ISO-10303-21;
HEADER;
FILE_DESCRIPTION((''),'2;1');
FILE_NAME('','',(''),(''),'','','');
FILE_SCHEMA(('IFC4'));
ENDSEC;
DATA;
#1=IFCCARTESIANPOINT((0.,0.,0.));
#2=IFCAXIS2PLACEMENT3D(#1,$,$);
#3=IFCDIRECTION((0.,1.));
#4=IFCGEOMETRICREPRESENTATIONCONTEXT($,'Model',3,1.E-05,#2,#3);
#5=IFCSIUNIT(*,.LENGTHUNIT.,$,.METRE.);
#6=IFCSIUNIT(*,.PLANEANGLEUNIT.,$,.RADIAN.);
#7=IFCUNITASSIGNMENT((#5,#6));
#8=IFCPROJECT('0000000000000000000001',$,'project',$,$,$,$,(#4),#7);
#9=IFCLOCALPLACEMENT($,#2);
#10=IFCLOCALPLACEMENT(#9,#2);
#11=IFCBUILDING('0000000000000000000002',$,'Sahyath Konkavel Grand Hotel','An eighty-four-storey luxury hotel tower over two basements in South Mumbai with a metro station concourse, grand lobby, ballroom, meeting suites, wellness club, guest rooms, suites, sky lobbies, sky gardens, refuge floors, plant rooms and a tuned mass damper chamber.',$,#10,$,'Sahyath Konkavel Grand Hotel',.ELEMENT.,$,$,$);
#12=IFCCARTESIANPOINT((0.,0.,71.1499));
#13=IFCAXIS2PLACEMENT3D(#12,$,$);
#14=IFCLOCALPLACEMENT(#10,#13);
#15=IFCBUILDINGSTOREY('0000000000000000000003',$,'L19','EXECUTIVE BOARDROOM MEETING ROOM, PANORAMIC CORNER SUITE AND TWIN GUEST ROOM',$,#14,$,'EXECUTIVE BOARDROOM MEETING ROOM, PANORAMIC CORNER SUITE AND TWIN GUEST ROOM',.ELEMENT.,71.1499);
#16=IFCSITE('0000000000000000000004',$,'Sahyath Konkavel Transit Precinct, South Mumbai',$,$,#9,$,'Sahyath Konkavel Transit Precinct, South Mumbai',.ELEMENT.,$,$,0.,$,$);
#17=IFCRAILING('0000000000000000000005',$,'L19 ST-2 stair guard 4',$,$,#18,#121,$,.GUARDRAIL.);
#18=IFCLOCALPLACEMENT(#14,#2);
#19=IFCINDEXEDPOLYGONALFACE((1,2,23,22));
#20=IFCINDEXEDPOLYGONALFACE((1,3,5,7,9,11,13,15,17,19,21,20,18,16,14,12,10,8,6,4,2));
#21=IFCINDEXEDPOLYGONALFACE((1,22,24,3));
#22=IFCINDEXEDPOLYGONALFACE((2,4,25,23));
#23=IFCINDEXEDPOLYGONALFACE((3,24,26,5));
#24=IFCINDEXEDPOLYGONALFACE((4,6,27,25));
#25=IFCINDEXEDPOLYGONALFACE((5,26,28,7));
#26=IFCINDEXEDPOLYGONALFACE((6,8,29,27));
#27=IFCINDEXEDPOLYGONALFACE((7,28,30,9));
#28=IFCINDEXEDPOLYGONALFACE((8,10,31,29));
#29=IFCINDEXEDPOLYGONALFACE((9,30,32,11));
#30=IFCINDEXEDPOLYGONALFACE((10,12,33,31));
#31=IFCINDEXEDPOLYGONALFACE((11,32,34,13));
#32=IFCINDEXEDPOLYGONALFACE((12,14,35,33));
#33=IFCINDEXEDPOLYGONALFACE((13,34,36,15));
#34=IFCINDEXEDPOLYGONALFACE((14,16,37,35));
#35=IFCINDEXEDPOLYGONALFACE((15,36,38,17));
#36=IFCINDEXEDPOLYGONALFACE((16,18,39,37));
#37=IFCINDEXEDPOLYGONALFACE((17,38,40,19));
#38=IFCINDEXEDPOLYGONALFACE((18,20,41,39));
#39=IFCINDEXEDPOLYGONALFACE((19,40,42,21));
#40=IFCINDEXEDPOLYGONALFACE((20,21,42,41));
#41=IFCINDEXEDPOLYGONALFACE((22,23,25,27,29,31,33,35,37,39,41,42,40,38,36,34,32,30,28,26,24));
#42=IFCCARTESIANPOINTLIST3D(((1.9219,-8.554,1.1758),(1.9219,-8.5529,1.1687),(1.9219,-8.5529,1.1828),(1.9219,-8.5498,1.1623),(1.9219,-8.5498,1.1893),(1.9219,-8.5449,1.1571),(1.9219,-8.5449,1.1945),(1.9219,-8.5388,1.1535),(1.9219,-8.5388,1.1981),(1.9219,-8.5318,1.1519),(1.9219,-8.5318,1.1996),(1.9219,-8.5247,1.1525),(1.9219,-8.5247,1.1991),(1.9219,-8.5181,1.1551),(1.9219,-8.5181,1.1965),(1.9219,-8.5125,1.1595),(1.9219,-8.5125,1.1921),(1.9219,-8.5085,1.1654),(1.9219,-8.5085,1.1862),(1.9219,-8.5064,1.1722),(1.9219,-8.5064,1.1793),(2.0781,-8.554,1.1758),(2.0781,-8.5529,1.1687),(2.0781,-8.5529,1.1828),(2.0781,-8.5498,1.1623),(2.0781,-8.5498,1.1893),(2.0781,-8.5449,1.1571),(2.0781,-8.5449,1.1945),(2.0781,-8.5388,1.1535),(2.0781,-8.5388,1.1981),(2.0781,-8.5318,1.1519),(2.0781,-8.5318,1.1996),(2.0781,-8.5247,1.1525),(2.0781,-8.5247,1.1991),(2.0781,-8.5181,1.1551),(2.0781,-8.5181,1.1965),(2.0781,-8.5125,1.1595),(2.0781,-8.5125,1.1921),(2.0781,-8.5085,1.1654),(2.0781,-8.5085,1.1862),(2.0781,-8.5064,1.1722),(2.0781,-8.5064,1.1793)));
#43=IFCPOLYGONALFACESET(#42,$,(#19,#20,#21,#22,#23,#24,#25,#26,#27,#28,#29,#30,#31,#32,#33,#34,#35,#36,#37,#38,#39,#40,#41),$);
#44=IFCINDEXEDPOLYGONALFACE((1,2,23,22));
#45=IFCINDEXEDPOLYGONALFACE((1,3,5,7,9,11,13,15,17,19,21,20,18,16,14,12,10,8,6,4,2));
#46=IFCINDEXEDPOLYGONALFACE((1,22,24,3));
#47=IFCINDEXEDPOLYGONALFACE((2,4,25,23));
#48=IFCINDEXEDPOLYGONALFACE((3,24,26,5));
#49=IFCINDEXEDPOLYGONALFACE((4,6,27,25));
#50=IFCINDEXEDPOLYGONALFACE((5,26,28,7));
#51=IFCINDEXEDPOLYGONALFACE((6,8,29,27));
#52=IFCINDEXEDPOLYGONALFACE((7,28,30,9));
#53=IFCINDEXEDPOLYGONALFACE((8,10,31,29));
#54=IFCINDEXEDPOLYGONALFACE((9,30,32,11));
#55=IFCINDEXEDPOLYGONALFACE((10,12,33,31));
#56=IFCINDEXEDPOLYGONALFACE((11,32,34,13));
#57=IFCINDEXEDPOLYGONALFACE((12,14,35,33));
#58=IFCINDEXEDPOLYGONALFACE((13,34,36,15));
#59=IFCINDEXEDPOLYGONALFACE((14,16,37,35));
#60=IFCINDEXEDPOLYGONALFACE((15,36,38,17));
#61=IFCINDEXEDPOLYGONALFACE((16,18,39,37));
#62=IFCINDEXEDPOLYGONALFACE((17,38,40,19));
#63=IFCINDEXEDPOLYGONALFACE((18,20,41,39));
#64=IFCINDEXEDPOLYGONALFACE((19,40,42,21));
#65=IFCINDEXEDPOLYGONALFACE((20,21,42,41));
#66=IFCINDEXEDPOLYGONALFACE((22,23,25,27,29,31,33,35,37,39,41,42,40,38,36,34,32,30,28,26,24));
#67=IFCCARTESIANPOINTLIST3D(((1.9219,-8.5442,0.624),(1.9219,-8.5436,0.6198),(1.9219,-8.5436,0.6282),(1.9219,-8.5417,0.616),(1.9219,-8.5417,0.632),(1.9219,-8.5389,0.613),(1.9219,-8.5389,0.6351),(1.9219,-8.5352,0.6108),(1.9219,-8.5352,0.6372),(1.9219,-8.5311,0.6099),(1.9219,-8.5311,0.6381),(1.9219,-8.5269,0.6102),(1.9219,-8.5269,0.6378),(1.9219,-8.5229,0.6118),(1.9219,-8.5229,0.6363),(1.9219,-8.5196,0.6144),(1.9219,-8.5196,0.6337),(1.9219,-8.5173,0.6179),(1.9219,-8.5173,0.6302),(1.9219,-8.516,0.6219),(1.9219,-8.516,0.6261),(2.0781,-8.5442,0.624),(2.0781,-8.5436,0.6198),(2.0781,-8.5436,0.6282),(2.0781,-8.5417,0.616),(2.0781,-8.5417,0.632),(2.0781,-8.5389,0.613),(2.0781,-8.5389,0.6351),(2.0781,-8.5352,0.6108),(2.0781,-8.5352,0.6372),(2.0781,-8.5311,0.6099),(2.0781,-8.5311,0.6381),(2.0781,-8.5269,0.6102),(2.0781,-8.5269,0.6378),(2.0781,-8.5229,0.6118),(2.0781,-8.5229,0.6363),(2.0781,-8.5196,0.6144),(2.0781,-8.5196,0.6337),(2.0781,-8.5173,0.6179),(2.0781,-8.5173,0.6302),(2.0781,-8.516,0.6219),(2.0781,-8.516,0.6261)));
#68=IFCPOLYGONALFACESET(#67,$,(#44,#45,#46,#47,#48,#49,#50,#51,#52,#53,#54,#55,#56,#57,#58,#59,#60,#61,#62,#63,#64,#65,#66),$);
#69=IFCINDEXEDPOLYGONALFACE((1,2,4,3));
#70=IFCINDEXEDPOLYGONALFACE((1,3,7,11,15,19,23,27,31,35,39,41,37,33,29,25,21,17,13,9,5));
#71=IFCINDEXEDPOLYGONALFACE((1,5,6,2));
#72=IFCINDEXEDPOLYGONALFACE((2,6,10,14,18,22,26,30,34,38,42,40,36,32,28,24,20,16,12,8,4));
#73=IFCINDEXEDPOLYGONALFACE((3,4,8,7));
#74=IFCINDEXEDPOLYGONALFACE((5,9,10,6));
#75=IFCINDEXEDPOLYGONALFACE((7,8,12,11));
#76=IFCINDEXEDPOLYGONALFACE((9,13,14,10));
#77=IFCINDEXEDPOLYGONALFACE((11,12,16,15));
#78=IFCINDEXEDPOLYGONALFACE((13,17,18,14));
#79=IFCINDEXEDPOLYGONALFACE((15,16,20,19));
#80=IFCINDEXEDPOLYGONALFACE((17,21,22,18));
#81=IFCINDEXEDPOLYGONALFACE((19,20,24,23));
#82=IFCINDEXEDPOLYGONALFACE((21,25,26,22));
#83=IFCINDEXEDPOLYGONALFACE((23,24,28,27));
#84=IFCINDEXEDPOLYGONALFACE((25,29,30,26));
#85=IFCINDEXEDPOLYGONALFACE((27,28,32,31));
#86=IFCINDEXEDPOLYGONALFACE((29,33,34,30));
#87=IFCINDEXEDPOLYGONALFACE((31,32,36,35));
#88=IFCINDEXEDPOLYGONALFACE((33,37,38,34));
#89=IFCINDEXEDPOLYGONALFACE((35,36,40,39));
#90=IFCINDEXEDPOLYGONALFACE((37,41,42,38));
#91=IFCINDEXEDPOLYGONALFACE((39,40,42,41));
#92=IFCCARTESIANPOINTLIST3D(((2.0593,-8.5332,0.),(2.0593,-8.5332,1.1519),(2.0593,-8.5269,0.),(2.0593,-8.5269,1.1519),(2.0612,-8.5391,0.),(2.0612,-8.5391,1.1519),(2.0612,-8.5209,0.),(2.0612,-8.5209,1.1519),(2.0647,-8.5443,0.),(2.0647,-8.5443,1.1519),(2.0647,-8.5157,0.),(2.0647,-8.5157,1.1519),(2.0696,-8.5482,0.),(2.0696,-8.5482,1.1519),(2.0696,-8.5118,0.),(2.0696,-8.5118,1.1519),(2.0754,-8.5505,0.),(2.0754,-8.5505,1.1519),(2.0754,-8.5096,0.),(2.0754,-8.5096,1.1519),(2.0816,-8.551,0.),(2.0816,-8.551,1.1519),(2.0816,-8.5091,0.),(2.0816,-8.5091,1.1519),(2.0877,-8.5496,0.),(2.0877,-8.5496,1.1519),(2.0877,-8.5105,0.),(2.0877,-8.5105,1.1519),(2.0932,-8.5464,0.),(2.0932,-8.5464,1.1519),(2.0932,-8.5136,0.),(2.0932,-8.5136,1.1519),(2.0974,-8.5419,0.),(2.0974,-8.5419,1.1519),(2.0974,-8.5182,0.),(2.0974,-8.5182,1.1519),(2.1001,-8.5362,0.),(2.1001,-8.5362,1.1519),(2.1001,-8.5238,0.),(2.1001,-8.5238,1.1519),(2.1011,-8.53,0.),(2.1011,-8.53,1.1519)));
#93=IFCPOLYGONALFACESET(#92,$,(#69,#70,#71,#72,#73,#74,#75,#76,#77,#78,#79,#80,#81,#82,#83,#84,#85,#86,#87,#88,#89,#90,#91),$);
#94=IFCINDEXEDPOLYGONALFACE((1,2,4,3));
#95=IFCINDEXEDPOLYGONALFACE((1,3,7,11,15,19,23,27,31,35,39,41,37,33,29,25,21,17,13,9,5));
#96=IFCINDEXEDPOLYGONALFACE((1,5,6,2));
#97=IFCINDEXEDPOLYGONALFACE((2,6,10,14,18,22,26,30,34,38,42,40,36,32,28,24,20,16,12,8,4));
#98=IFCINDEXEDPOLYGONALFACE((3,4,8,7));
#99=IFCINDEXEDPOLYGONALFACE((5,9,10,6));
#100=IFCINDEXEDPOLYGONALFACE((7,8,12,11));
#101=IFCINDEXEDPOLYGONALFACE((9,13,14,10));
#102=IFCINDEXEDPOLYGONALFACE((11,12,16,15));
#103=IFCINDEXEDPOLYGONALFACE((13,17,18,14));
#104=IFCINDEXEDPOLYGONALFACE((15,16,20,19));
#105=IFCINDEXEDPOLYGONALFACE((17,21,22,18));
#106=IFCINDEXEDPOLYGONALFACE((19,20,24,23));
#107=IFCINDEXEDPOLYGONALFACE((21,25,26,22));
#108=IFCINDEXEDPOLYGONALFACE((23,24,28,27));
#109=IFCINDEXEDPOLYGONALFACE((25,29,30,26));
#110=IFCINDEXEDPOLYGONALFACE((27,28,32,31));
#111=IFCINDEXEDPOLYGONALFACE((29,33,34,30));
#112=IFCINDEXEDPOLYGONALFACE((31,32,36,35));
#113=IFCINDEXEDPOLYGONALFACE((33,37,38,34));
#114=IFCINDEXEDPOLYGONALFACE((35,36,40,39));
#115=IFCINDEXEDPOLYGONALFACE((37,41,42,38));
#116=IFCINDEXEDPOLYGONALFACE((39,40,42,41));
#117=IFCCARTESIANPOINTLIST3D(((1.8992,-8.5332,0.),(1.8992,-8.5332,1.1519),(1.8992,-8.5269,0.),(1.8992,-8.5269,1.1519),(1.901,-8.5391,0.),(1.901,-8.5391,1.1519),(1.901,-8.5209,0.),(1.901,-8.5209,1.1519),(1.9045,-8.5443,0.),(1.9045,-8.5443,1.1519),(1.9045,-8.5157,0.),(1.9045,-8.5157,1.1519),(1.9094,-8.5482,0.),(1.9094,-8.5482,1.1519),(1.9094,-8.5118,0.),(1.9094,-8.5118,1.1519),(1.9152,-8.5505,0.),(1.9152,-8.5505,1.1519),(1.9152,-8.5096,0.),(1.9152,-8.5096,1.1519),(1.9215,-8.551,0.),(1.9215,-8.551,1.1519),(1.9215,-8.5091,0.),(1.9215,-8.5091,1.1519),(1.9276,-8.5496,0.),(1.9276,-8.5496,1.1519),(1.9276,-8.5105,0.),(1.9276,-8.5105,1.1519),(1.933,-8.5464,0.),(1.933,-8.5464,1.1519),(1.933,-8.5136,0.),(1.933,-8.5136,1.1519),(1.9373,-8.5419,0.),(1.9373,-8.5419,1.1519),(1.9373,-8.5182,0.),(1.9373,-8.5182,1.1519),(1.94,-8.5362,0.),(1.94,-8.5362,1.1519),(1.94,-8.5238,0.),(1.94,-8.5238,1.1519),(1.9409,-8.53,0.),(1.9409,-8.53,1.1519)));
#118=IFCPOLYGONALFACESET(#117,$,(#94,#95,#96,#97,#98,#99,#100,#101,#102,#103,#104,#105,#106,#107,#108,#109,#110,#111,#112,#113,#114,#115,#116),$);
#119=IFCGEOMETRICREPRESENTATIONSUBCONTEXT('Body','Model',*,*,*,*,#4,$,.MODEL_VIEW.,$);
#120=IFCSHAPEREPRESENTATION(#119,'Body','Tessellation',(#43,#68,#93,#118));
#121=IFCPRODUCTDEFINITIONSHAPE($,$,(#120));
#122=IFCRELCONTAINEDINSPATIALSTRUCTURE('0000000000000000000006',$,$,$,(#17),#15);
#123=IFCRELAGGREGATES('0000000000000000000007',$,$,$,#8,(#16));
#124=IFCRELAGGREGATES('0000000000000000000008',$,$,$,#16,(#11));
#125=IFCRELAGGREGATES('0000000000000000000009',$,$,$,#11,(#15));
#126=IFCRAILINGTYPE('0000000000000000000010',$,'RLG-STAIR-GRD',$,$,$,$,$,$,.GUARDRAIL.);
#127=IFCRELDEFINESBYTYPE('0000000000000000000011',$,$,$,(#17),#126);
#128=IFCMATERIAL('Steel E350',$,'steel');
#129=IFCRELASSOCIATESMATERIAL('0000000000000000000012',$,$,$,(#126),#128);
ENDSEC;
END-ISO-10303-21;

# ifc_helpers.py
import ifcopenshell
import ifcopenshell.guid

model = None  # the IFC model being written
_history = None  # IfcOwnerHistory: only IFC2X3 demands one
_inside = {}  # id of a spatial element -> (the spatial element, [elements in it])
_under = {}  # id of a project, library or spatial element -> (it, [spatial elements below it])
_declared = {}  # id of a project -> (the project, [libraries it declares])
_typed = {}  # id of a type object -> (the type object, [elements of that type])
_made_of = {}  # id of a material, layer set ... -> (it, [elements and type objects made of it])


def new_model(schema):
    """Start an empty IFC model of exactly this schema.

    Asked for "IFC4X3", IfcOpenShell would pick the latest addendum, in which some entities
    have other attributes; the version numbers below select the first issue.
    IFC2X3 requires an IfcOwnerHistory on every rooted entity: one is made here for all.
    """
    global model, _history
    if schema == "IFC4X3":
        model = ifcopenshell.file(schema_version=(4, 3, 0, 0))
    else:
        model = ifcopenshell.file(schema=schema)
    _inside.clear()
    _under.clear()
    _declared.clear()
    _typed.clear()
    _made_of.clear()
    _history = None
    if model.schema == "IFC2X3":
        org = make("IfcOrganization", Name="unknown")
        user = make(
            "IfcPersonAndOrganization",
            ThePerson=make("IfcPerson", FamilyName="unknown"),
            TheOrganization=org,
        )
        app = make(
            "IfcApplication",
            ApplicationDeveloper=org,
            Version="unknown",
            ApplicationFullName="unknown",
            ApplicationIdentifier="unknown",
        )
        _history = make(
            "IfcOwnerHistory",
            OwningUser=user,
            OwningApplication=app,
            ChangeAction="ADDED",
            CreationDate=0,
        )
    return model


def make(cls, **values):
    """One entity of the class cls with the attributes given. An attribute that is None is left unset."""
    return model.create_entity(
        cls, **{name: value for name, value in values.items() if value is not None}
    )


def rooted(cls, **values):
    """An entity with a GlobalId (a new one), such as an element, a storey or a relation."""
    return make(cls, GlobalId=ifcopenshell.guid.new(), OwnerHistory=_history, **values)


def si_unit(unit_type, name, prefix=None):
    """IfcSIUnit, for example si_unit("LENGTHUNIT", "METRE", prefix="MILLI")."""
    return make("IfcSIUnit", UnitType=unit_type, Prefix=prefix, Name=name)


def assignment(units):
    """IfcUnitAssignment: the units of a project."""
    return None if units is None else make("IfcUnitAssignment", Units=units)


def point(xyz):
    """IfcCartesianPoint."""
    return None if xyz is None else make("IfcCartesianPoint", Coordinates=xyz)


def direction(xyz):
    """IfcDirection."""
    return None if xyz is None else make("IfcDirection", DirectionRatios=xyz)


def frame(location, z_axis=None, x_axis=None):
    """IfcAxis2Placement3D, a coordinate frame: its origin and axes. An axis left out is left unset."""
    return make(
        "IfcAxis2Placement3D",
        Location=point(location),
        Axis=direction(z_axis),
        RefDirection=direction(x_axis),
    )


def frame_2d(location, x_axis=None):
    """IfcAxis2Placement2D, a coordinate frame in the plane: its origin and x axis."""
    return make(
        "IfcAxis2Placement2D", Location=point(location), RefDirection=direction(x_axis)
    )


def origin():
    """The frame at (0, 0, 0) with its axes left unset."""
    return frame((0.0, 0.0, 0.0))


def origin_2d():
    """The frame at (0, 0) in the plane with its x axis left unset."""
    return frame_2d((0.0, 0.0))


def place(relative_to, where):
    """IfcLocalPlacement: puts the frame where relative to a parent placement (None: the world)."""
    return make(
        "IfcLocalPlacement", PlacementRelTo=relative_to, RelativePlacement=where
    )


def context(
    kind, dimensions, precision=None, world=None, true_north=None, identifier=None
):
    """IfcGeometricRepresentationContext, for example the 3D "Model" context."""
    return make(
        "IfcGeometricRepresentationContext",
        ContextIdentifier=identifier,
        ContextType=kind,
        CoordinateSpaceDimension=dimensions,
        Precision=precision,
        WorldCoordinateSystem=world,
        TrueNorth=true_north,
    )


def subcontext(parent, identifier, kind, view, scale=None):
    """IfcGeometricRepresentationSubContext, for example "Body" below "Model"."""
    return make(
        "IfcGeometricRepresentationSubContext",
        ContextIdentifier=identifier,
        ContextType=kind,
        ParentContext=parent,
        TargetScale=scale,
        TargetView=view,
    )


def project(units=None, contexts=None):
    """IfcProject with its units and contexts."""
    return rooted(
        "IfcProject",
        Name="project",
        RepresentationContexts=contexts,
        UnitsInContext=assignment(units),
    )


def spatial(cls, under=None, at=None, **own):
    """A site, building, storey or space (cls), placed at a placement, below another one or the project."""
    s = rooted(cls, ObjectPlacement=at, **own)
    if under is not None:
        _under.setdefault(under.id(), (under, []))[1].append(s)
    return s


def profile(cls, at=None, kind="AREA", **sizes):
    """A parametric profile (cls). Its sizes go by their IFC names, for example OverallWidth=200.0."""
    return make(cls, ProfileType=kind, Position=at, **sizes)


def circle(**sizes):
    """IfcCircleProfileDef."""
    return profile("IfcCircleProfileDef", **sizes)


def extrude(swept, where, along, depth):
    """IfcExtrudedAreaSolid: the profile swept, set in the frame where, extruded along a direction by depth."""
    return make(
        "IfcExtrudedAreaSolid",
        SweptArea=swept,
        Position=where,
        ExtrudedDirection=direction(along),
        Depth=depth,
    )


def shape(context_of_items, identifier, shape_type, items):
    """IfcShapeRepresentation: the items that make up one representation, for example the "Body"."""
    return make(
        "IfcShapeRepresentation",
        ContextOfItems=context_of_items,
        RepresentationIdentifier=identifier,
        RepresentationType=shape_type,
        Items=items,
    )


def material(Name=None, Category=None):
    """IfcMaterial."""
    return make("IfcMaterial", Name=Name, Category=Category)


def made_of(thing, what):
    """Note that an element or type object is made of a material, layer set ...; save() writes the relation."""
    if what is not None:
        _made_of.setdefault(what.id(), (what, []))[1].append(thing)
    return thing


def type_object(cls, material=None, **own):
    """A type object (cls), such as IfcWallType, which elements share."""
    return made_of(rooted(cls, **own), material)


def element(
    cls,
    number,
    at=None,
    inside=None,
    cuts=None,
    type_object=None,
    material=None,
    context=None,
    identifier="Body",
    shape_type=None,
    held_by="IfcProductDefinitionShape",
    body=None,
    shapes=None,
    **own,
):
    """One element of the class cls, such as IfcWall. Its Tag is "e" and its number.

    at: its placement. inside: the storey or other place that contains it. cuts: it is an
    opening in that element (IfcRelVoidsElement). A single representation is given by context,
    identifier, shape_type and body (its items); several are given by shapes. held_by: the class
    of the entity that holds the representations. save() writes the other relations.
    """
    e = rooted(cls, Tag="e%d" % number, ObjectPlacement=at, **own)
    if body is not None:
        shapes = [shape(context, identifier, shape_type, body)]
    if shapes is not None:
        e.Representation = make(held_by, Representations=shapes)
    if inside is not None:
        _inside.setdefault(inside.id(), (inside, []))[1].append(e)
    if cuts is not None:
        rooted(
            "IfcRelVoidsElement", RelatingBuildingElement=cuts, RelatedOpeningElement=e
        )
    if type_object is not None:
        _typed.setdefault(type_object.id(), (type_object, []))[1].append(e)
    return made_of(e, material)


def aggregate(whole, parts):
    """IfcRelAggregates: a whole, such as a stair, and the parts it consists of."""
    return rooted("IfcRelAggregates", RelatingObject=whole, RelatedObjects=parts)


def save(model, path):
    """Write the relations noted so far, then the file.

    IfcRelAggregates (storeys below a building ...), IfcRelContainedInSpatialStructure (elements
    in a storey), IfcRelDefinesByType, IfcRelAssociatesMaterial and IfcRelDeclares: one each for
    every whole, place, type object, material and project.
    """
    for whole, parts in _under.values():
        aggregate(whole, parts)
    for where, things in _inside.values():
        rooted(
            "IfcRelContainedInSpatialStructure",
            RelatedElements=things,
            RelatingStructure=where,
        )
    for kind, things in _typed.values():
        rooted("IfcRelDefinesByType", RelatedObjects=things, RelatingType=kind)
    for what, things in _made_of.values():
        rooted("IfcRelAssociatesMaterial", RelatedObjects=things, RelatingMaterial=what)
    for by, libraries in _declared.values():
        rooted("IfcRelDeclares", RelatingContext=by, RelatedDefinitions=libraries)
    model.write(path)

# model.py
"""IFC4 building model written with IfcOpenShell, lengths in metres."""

from ifc_helpers import new_model, si_unit, direction, frame, origin, origin_2d, place, context, subcontext, project, spatial, circle, extrude, material, type_object, element, save


model = new_model("IFC4")

# Units and contexts
model_context = context("Model", 3, precision=1e-05, world=origin(), true_north=direction((0.0, 1.0)))
body_context = subcontext(model_context, "Body", "Model", "MODEL_VIEW")
ifc_project = project(units=[si_unit("LENGTHUNIT", "METRE"), si_unit("PLANEANGLEUNIT", "RADIAN")], contexts=[model_context])

# Site, building, storey
site_placement = place(None, origin())
site = spatial("IfcSite", under=ifc_project, at=site_placement, Name="Sahyath Konkavel Transit Precinct, South Mumbai", LongName="Sahyath Konkavel Transit Precinct, South Mumbai", CompositionType="ELEMENT", RefElevation=0.0)
building_placement = place(site_placement, origin())
building = spatial("IfcBuilding", under=site, at=building_placement, Name="Sahyath Konkavel Grand Hotel", Description="An eighty-four-storey luxury hotel tower over two basements in South Mumbai with a metro station concourse, grand lobby, ballroom, meeting suites, wellness club, guest rooms, suites, sky lobbies, sky gardens, refuge floors, plant rooms and a tuned mass damper chamber.", LongName="Sahyath Konkavel Grand Hotel", CompositionType="ELEMENT")
storey_placement = place(building_placement, frame((0.0, 0.0, 71.1499)))
storey = spatial("IfcBuildingStorey", under=building, at=storey_placement, Name="L19", Description="EXECUTIVE BOARDROOM MEETING ROOM, PANORAMIC CORNER SUITE AND TWIN GUEST ROOM", LongName="EXECUTIVE BOARDROOM MEETING ROOM, PANORAMIC CORNER SUITE AND TWIN GUEST ROOM", CompositionType="ELEMENT", Elevation=71.1499)

# Shared definitions
ifc_material_1 = material(Name="Steel E350", Category="steel")

# Railing
railing_type_1 = type_object("IfcRailingType", Name="RLG-STAIR-GRD", PredefinedType="GUARDRAIL", material=ifc_material_1)
railing_1_placement = place(storey_placement, frame((2.0801, -8.53, 0.0)))
element("IfcRailing", 1, at=railing_1_placement, inside=storey, type_object=railing_type_1, Name="L19 ST-2 stair guard 4", PredefinedType="GUARDRAIL", context=body_context, shape_type="SweptSolid", body=[
    extrude(circle(Radius=0.0239, at=origin_2d()), frame((-0.002, 0.0, 1.1758), z_axis=(-1.0, 0.0, 0.0), x_axis=(0.0, -1.0, 0.0)), (0.0, 0.0, 1.0), 0.1562),
    extrude(circle(Radius=0.0142, at=origin_2d()), frame((-0.002, 0.0, 0.624), z_axis=(-1.0, 0.0, 0.0), x_axis=(0.0, -1.0, 0.0)), (0.0, 0.0, 1.0), 0.1562),
    extrude(circle(Radius=0.021, at=origin_2d()), origin(), (0.0, 0.0, 1.0), 1.1519),
    extrude(circle(Radius=0.021, at=origin_2d()), frame((-0.1602, 0.0, 0.0)), (0.0, 0.0, 1.0), 1.1519),
])

save(model, "model.ifc")
